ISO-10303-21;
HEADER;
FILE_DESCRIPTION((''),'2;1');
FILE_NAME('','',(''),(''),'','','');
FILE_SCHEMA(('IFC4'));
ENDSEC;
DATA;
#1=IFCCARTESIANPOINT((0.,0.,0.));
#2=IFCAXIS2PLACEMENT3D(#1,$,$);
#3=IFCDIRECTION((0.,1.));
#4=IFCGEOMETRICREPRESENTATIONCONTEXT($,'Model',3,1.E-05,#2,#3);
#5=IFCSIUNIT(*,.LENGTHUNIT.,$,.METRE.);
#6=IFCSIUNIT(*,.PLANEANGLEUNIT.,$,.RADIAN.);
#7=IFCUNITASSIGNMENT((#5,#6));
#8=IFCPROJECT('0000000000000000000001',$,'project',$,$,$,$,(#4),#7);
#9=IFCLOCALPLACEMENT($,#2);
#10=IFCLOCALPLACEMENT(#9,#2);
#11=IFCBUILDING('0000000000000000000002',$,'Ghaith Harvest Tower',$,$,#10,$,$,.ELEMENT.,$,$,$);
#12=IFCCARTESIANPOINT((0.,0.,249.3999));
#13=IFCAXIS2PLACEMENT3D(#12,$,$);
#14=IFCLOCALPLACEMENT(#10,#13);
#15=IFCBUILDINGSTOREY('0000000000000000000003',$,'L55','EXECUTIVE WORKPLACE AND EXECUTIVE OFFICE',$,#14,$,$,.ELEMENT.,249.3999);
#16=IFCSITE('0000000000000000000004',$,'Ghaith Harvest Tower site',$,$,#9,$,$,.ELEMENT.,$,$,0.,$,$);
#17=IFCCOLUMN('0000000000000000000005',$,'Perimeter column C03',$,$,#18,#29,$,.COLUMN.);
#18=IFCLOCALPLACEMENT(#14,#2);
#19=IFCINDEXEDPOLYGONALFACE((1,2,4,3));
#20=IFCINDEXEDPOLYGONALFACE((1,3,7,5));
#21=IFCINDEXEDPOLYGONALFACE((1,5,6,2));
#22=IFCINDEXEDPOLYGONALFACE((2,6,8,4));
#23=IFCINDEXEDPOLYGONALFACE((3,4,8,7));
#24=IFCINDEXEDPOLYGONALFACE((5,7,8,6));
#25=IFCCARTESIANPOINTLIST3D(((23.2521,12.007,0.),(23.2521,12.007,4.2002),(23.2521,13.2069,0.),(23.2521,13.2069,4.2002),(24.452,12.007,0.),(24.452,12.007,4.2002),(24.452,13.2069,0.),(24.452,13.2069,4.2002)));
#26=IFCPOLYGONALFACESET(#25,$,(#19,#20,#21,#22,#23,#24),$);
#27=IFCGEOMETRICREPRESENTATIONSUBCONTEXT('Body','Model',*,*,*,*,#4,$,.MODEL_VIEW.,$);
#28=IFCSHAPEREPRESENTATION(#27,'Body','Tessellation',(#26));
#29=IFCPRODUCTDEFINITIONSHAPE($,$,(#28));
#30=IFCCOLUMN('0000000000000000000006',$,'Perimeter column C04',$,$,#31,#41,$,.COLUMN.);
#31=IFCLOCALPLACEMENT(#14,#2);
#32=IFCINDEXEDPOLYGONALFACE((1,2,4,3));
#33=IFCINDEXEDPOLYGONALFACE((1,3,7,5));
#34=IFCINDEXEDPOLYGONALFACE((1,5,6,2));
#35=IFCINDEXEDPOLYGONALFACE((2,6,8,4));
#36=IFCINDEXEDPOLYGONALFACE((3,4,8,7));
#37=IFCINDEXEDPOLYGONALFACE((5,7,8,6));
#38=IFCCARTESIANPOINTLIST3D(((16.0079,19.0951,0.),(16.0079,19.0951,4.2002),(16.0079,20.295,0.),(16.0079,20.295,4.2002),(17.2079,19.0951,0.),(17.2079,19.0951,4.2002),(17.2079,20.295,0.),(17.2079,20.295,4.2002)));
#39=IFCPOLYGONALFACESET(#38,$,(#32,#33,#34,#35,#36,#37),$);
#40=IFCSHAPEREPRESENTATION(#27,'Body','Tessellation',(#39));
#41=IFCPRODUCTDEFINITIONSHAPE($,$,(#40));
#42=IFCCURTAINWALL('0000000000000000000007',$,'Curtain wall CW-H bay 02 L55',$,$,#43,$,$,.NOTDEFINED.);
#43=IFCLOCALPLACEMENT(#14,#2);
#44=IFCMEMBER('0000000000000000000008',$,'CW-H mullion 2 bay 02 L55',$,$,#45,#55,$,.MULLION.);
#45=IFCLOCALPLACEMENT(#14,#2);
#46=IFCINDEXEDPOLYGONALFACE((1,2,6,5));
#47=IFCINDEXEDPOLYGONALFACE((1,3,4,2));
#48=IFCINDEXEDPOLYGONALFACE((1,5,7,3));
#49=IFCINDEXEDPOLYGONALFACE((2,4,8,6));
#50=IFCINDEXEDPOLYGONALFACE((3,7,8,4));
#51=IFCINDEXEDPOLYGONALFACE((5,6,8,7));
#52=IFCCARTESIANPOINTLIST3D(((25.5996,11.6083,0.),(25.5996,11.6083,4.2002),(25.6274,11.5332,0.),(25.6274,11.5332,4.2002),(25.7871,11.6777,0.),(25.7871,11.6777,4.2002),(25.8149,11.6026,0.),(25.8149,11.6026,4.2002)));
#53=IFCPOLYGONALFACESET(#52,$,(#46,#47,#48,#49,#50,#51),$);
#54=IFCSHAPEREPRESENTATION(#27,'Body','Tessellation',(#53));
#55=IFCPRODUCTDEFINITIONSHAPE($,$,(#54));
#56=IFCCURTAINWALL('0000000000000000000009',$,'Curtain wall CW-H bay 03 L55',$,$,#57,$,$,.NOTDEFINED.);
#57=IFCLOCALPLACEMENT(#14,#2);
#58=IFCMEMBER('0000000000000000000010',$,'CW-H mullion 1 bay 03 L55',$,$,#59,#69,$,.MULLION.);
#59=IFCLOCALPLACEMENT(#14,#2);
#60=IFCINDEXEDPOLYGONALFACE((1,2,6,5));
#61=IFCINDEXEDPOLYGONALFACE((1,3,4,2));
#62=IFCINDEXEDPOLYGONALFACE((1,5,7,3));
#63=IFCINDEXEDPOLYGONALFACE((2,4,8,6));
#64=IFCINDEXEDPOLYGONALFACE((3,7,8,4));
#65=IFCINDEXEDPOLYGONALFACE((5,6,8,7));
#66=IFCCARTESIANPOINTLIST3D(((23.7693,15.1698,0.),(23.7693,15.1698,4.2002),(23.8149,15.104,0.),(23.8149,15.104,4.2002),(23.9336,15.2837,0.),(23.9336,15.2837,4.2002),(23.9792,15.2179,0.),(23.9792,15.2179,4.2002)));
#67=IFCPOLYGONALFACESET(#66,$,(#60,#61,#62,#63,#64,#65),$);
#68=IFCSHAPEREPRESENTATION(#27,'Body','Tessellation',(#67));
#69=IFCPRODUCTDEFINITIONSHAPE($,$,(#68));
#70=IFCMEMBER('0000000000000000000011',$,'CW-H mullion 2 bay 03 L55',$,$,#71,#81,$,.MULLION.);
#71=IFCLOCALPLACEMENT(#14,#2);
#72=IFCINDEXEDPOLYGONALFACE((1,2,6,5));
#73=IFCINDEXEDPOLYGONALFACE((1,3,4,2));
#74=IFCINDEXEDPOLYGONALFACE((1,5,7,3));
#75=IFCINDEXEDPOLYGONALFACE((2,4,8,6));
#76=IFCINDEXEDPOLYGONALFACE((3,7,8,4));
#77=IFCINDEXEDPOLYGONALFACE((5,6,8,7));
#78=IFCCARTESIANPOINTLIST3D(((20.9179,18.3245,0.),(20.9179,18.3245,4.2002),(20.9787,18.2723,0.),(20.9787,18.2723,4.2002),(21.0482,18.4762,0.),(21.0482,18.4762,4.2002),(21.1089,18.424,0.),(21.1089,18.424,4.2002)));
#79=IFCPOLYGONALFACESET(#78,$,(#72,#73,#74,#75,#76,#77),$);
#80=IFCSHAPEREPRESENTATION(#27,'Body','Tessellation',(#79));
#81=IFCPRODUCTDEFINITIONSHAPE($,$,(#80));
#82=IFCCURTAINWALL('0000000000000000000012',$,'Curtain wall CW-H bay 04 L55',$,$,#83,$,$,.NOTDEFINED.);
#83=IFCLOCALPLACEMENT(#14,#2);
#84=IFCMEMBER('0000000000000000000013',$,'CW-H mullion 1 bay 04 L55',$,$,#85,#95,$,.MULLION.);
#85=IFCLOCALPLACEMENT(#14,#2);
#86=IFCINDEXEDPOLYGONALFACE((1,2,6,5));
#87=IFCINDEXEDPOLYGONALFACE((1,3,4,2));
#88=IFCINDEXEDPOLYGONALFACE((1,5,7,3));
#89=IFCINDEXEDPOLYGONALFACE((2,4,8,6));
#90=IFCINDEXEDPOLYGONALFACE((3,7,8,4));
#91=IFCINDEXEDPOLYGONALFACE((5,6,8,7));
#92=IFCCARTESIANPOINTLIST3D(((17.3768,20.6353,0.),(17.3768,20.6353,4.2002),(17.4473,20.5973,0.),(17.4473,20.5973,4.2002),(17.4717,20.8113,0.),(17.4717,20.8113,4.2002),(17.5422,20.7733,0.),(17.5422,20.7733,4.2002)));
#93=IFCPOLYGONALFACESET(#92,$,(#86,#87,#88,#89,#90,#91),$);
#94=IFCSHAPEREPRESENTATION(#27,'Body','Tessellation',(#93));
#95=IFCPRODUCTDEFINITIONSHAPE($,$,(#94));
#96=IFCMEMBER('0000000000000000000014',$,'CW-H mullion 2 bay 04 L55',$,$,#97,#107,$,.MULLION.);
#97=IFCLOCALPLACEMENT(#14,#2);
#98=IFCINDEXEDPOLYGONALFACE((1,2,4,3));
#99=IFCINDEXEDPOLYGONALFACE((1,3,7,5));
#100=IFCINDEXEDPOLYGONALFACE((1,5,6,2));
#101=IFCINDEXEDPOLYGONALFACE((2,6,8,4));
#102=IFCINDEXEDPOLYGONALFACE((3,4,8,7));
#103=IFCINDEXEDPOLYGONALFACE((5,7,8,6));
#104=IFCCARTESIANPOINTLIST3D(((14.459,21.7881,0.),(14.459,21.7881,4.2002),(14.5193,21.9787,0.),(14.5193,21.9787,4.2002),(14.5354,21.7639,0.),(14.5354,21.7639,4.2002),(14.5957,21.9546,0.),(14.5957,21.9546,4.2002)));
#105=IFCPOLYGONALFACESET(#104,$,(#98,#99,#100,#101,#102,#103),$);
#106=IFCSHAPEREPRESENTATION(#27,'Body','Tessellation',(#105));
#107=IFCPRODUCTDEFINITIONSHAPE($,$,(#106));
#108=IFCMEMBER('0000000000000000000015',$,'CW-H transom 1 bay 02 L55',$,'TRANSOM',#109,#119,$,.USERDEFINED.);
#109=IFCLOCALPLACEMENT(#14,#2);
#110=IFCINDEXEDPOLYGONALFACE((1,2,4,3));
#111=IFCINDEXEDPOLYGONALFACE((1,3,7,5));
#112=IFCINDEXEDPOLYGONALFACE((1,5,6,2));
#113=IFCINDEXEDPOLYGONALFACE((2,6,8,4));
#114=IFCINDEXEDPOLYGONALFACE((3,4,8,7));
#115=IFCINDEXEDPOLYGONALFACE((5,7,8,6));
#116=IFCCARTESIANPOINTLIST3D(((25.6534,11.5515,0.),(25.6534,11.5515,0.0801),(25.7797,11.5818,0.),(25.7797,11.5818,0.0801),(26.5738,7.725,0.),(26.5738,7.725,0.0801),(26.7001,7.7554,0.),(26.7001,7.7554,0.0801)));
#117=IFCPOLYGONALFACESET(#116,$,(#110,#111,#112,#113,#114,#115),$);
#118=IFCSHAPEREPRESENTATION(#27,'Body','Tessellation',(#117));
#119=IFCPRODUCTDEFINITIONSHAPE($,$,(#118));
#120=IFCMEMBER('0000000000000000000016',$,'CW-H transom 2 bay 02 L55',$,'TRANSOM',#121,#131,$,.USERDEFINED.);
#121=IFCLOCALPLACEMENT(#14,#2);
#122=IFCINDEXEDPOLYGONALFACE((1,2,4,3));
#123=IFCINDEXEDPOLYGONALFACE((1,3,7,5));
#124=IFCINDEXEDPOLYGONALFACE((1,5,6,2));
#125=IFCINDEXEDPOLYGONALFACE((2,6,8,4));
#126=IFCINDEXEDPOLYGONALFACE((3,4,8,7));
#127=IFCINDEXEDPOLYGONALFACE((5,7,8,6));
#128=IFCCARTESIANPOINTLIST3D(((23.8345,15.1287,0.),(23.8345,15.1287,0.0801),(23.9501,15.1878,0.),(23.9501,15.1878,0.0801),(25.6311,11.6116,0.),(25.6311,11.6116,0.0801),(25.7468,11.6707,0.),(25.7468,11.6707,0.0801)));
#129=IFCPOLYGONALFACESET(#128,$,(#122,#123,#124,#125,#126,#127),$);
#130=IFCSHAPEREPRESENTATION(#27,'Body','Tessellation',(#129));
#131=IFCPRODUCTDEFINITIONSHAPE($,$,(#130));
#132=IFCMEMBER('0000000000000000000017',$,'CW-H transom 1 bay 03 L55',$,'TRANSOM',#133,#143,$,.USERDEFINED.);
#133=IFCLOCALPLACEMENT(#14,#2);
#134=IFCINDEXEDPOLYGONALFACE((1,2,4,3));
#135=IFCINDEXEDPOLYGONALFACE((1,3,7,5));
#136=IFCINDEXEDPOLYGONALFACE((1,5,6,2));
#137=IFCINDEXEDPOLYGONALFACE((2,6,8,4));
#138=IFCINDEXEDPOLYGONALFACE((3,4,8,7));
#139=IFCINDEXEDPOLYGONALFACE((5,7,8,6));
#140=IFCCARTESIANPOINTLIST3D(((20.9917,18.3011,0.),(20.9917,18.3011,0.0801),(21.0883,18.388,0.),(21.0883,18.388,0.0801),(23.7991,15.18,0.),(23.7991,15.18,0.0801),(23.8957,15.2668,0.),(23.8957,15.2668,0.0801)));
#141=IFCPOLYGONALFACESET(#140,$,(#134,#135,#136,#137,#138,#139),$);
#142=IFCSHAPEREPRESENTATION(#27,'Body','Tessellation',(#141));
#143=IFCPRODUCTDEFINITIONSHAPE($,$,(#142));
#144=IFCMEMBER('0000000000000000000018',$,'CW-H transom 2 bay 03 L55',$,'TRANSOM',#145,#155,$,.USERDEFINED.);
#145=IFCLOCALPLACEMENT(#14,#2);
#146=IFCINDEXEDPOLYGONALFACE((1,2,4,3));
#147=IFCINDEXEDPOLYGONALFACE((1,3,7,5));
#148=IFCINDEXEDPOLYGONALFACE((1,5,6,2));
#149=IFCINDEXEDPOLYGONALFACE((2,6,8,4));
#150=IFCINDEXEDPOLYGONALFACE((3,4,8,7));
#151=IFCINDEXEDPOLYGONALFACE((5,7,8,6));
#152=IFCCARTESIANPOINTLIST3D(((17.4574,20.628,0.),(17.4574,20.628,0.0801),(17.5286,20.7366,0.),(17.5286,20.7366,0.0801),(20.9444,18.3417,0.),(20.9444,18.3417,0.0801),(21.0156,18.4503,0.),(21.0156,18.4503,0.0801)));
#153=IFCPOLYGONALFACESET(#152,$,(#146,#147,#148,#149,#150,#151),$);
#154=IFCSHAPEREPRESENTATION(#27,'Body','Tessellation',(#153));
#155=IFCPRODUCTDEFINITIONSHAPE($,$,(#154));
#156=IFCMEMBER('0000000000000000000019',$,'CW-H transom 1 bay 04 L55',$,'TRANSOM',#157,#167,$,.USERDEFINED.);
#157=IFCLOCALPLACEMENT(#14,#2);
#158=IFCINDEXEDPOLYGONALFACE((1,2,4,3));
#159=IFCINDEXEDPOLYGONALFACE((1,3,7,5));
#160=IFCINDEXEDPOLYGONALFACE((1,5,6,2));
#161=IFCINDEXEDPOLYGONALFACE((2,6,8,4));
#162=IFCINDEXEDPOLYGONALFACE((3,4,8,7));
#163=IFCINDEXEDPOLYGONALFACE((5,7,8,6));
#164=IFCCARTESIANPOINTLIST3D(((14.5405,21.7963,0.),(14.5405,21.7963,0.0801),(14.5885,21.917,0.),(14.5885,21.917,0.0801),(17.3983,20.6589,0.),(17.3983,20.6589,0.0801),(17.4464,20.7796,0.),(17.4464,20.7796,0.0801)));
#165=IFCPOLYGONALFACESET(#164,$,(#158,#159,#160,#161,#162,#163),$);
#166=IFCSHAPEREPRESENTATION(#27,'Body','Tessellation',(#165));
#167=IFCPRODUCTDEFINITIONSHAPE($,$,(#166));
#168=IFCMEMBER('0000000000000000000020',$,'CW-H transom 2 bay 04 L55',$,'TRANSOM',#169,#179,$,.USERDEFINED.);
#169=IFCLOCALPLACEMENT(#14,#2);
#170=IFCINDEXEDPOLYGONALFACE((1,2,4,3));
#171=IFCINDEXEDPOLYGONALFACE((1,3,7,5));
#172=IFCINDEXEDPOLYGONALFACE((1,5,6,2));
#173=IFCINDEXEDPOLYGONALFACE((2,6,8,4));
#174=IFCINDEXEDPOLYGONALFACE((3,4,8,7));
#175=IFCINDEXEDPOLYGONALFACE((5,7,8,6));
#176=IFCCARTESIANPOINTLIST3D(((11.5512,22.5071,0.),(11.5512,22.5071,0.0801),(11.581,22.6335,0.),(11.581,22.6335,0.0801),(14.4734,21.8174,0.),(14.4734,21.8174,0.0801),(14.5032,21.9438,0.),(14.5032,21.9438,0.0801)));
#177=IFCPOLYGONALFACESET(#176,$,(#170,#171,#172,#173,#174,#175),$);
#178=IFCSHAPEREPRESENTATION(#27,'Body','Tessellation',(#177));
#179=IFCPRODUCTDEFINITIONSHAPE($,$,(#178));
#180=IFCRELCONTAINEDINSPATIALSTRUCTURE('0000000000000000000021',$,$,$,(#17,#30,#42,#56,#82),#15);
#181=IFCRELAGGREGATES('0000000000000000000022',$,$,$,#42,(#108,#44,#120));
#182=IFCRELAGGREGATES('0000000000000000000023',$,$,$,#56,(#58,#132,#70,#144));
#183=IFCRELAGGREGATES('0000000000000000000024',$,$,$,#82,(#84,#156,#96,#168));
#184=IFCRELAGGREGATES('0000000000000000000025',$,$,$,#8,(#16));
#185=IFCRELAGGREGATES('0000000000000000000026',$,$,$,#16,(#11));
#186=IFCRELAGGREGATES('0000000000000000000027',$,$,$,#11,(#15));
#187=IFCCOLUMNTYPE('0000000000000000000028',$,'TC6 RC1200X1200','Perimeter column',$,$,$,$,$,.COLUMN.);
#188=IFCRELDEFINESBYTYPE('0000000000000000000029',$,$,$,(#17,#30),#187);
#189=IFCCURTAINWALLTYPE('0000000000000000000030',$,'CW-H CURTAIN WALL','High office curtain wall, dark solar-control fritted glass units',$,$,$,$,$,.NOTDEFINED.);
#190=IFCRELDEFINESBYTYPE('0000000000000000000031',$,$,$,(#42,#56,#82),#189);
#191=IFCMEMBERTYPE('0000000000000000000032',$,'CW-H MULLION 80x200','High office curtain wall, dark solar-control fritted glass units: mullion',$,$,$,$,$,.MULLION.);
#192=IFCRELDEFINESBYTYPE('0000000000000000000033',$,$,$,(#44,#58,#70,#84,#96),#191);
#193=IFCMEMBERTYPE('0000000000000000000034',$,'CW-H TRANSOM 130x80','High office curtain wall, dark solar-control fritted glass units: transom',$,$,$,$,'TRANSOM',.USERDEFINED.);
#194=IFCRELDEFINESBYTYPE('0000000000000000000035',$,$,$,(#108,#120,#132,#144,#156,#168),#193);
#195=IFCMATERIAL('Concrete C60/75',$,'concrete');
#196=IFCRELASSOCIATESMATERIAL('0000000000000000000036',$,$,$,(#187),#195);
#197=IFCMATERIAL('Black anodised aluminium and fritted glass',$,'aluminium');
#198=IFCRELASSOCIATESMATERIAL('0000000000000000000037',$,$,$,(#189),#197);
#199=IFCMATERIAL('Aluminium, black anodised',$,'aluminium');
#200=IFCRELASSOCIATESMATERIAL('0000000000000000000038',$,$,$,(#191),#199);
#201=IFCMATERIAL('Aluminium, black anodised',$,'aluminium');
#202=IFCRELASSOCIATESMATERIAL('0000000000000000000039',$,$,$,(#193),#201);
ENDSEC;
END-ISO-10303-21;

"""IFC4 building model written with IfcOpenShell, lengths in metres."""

from ifc_helpers import new_model, si_unit, direction, frame, origin, origin_2d, place, context, subcontext, project, spatial, rectangle, extrude, material, material_profile, profile_set, type_object, element, aggregate, save


model = new_model("IFC4")

# Units and contexts
model_context = context("Model", 3, precision=1e-05, world=origin(), true_north=direction((0.0, 1.0)))
body_context = subcontext(model_context, "Body", "Model", "MODEL_VIEW")
ifc_project = project(units=[si_unit("LENGTHUNIT", "METRE"), si_unit("PLANEANGLEUNIT", "RADIAN")], contexts=[model_context])

# Site, building, storey
site_placement = place(None, origin())
site = spatial("IfcSite", under=ifc_project, at=site_placement, Name="Ghaith Harvest Tower site", CompositionType="ELEMENT", RefElevation=0.0)
building_placement = place(site_placement, origin())
building = spatial("IfcBuilding", under=site, at=building_placement, Name="Ghaith Harvest Tower", CompositionType="ELEMENT")
storey_placement = place(building_placement, frame((0.0, 0.0, 249.3999)))
storey = spatial("IfcBuildingStorey", under=building, at=storey_placement, Name="L55", Description="EXECUTIVE WORKPLACE AND EXECUTIVE OFFICE", CompositionType="ELEMENT", Elevation=249.3999)

# Columns
ifc_material_1 = material(Name="Concrete C60/75", Category="concrete")
ifc_material_profile_1 = material_profile(ifc_material_1, rectangle(XDim=1.2, YDim=1.2, at=origin_2d()), Name="RC1200X1200")
ifc_profile_set_1 = profile_set([ifc_material_profile_1], Name="Concrete C60/75")
column_type = type_object("IfcColumnType", Name="TC6 RC1200X1200", Description="Perimeter column", PredefinedType="COLUMN", material=ifc_profile_set_1)
for number, where, z_axis, x_axis, name in (
    (1, (23.8521, 12.6069, 0.0), (0.0, 0.0, 1.0), (1.0, 0.0, 0.0), "Perimeter column C03"),
    (2, (16.6079, 19.6951, 0.0), (0.0, 0.0, 1.0), (1.0, 0.0, 0.0), "Perimeter column C04"),
):
    element("IfcColumn", number, at=place(storey_placement, frame(where, z_axis=z_axis, x_axis=x_axis)), inside=storey, type_object=column_type, Name=name, PredefinedType="COLUMN", context=body_context, shape_type="SweptSolid", body=[
        extrude(rectangle(XDim=1.2, YDim=1.2, at=origin_2d()), origin(), (0.0, 0.0, 1.0), 4.2002),
    ])

# Curtain wall, member
ifc_material_2 = material(Name="Black anodised aluminium and fritted glass", Category="aluminium")
curtain_wall_type = type_object("IfcCurtainWallType", Name="CW-H CURTAIN WALL", Description="High office curtain wall, dark solar-control fritted glass units", PredefinedType="NOTDEFINED", material=ifc_material_2)
curtain_wall_1_placement = place(storey_placement, origin())
curtain_wall_1 = element("IfcCurtainWall", 3, at=curtain_wall_1_placement, inside=storey, type_object=curtain_wall_type, Name="Curtain wall CW-H bay 02 L55", PredefinedType="NOTDEFINED")
ifc_material_3 = material(Name="Aluminium, black anodised", Category="aluminium")
ifc_material_profile_2 = material_profile(ifc_material_3, rectangle(XDim=0.0801, YDim=0.2, at=origin_2d()), Name="CW-H MULLION 80x200")
ifc_profile_set_2 = profile_set([ifc_material_profile_2], Name="Aluminium, black anodised")
member_type_1 = type_object("IfcMemberType", Name="CW-H MULLION 80x200", Description="High office curtain wall, dark solar-control fritted glass units: mullion", PredefinedType="MULLION", material=ifc_profile_set_2)
member_1_placement = place(storey_placement, frame((25.7073, 11.6055, 0.0), z_axis=(0.0, 0.0, 1.0), x_axis=(-0.347012, 0.937861, 0.0)))
member_1 = element("IfcMember", 4, at=member_1_placement, type_object=member_type_1, Name="CW-H mullion 2 bay 02 L55", PredefinedType="MULLION", context=body_context, shape_type="SweptSolid", body=[
    extrude(rectangle(XDim=0.0801, YDim=0.2, at=origin_2d()), origin(), (0.0, 0.0, 1.0), 4.2002),
])

# Curtain walls, members
curtain_wall_2_placement = place(storey_placement, origin())
curtain_wall_2 = element("IfcCurtainWall", 5, at=curtain_wall_2_placement, inside=storey, type_object=curtain_wall_type, Name="Curtain wall CW-H bay 03 L55", PredefinedType="NOTDEFINED")
member_2_placement = place(storey_placement, frame((23.8743, 15.1938, 0.0), z_axis=(0.0, 0.0, 1.0), x_axis=(-0.569847, 0.821751, 0.0)))
member_2 = element("IfcMember", 6, at=member_2_placement, type_object=member_type_1, Name="CW-H mullion 1 bay 03 L55", PredefinedType="MULLION", context=body_context, shape_type="SweptSolid", body=[
    extrude(rectangle(XDim=0.0801, YDim=0.2, at=origin_2d()), origin(), (0.0, 0.0, 1.0), 4.2002),
])
member_3_placement = place(storey_placement, frame((21.0134, 18.3743, 0.0), z_axis=(0.0, 0.0, 1.0), x_axis=(-0.758541, 0.651625, 0.0)))
member_3 = element("IfcMember", 7, at=member_3_placement, type_object=member_type_1, Name="CW-H mullion 2 bay 03 L55", PredefinedType="MULLION", context=body_context, shape_type="SweptSolid", body=[
    extrude(rectangle(XDim=0.0801, YDim=0.2, at=origin_2d()), origin(), (0.0, 0.0, 1.0), 4.2002),
])
curtain_wall_3_placement = place(storey_placement, origin())
curtain_wall_3 = element("IfcCurtainWall", 8, at=curtain_wall_3_placement, inside=storey, type_object=curtain_wall_type, Name="Curtain wall CW-H bay 04 L55", PredefinedType="NOTDEFINED")
member_4_placement = place(storey_placement, frame((17.4595, 20.7043, 0.0), z_axis=(0.0, 0.0, 1.0), x_axis=(-0.880203, 0.474597, 0.0)))
member_4 = element("IfcMember", 9, at=member_4_placement, type_object=member_type_1, Name="CW-H mullion 1 bay 04 L55", PredefinedType="MULLION", context=body_context, shape_type="SweptSolid", body=[
    extrude(rectangle(XDim=0.0801, YDim=0.2, at=origin_2d()), origin(), (0.0, 0.0, 1.0), 4.2002),
])
member_5_placement = place(storey_placement, frame((14.5273, 21.8713, 0.0), z_axis=(0.0, 0.0, 1.0), x_axis=(-0.953503, 0.301384, 0.0)))
member_5 = element("IfcMember", 10, at=member_5_placement, type_object=member_type_1, Name="CW-H mullion 2 bay 04 L55", PredefinedType="MULLION", context=body_context, shape_type="SweptSolid", body=[
    extrude(rectangle(XDim=0.0801, YDim=0.2, at=origin_2d()), origin(), (0.0, 0.0, 1.0), 4.2002),
])

# Members
ifc_material_4 = material(Name="Aluminium, black anodised", Category="aluminium")
ifc_material_profile_3 = material_profile(ifc_material_4, rectangle(XDim=0.1299, YDim=0.0801, at=origin_2d()), Name="CW-H TRANSOM 130x80")
ifc_profile_set_3 = profile_set([ifc_material_profile_3], Name="Aluminium, black anodised")
member_type_2 = type_object("IfcMemberType", Name="CW-H TRANSOM 130x80", Description="High office curtain wall, dark solar-control fritted glass units: transom", ElementType="TRANSOM", PredefinedType="USERDEFINED", material=ifc_profile_set_3)
member_6_placement = place(storey_placement, frame((26.637, 7.7402, 0.04), z_axis=(-0.23387, 0.972268, 0.0), x_axis=(-0.972268, -0.23387, 0.0)))
member_6 = element("IfcMember", 11, at=member_6_placement, type_object=member_type_2, Name="CW-H transom 1 bay 02 L55", ObjectType="TRANSOM", PredefinedType="USERDEFINED", context=body_context, shape_type="SweptSolid", body=[
    extrude(rectangle(XDim=0.1299, YDim=0.0801, at=origin_2d()), origin(), (0.0, 0.0, 1.0), 3.9355),
])
member_7_placement = place(storey_placement, frame((25.689, 11.6411, 0.04), z_axis=(-0.454912, 0.890537, 0.0), x_axis=(-0.890537, -0.454912, 0.0)))
member_7 = element("IfcMember", 12, at=member_7_placement, type_object=member_type_2, Name="CW-H transom 2 bay 02 L55", ObjectType="TRANSOM", PredefinedType="USERDEFINED", context=body_context, shape_type="SweptSolid", body=[
    extrude(rectangle(XDim=0.1299, YDim=0.0801, at=origin_2d()), origin(), (0.0, 0.0, 1.0), 3.9495),
])
member_8_placement = place(storey_placement, frame((23.8474, 15.2234, 0.04), z_axis=(-0.668753, 0.743485, 0.0), x_axis=(-0.743485, -0.668753, 0.0)))
member_8 = element("IfcMember", 13, at=member_8_placement, type_object=member_type_2, Name="CW-H transom 1 bay 03 L55", ObjectType="TRANSOM", PredefinedType="USERDEFINED", context=body_context, shape_type="SweptSolid", body=[
    extrude(rectangle(XDim=0.1299, YDim=0.0801, at=origin_2d()), origin(), (0.0, 0.0, 1.0), 4.198),
])
member_9_placement = place(storey_placement, frame((20.98, 18.396, 0.04), z_axis=(-0.836269, 0.54832, 0.0), x_axis=(-0.54832, -0.836269, 0.0)))
member_9 = element("IfcMember", 14, at=member_9_placement, type_object=member_type_2, Name="CW-H transom 2 bay 03 L55", ObjectType="TRANSOM", PredefinedType="USERDEFINED", context=body_context, shape_type="SweptSolid", body=[
    extrude(rectangle(XDim=0.1299, YDim=0.0801, at=origin_2d()), origin(), (0.0, 0.0, 1.0), 4.1697),
])
member_10_placement = place(storey_placement, frame((17.4224, 20.7192, 0.04), z_axis=(-0.929116, 0.369789, 0.0), x_axis=(-0.369789, -0.929116, 0.0)))
member_10 = element("IfcMember", 15, at=member_10_placement, type_object=member_type_2, Name="CW-H transom 1 bay 04 L55", ObjectType="TRANSOM", PredefinedType="USERDEFINED", context=body_context, shape_type="SweptSolid", body=[
    extrude(rectangle(XDim=0.1299, YDim=0.0801, at=origin_2d()), origin(), (0.0, 0.0, 1.0), 3.0759),
])
member_11_placement = place(storey_placement, frame((14.4883, 21.8806, 0.04), z_axis=(-0.973258, 0.229715, 0.0), x_axis=(-0.229715, -0.973258, 0.0)))
member_11 = element("IfcMember", 16, at=member_11_placement, type_object=member_type_2, Name="CW-H transom 2 bay 04 L55", ObjectType="TRANSOM", PredefinedType="USERDEFINED", context=body_context, shape_type="SweptSolid", body=[
    extrude(rectangle(XDim=0.1299, YDim=0.0801, at=origin_2d()), origin(), (0.0, 0.0, 1.0), 3.0024),
])

aggregate(curtain_wall_1, [member_6, member_1, member_7])
aggregate(curtain_wall_2, [member_2, member_8, member_3, member_9])
aggregate(curtain_wall_3, [member_4, member_10, member_5, member_11])

save(model, "model.ifc")
